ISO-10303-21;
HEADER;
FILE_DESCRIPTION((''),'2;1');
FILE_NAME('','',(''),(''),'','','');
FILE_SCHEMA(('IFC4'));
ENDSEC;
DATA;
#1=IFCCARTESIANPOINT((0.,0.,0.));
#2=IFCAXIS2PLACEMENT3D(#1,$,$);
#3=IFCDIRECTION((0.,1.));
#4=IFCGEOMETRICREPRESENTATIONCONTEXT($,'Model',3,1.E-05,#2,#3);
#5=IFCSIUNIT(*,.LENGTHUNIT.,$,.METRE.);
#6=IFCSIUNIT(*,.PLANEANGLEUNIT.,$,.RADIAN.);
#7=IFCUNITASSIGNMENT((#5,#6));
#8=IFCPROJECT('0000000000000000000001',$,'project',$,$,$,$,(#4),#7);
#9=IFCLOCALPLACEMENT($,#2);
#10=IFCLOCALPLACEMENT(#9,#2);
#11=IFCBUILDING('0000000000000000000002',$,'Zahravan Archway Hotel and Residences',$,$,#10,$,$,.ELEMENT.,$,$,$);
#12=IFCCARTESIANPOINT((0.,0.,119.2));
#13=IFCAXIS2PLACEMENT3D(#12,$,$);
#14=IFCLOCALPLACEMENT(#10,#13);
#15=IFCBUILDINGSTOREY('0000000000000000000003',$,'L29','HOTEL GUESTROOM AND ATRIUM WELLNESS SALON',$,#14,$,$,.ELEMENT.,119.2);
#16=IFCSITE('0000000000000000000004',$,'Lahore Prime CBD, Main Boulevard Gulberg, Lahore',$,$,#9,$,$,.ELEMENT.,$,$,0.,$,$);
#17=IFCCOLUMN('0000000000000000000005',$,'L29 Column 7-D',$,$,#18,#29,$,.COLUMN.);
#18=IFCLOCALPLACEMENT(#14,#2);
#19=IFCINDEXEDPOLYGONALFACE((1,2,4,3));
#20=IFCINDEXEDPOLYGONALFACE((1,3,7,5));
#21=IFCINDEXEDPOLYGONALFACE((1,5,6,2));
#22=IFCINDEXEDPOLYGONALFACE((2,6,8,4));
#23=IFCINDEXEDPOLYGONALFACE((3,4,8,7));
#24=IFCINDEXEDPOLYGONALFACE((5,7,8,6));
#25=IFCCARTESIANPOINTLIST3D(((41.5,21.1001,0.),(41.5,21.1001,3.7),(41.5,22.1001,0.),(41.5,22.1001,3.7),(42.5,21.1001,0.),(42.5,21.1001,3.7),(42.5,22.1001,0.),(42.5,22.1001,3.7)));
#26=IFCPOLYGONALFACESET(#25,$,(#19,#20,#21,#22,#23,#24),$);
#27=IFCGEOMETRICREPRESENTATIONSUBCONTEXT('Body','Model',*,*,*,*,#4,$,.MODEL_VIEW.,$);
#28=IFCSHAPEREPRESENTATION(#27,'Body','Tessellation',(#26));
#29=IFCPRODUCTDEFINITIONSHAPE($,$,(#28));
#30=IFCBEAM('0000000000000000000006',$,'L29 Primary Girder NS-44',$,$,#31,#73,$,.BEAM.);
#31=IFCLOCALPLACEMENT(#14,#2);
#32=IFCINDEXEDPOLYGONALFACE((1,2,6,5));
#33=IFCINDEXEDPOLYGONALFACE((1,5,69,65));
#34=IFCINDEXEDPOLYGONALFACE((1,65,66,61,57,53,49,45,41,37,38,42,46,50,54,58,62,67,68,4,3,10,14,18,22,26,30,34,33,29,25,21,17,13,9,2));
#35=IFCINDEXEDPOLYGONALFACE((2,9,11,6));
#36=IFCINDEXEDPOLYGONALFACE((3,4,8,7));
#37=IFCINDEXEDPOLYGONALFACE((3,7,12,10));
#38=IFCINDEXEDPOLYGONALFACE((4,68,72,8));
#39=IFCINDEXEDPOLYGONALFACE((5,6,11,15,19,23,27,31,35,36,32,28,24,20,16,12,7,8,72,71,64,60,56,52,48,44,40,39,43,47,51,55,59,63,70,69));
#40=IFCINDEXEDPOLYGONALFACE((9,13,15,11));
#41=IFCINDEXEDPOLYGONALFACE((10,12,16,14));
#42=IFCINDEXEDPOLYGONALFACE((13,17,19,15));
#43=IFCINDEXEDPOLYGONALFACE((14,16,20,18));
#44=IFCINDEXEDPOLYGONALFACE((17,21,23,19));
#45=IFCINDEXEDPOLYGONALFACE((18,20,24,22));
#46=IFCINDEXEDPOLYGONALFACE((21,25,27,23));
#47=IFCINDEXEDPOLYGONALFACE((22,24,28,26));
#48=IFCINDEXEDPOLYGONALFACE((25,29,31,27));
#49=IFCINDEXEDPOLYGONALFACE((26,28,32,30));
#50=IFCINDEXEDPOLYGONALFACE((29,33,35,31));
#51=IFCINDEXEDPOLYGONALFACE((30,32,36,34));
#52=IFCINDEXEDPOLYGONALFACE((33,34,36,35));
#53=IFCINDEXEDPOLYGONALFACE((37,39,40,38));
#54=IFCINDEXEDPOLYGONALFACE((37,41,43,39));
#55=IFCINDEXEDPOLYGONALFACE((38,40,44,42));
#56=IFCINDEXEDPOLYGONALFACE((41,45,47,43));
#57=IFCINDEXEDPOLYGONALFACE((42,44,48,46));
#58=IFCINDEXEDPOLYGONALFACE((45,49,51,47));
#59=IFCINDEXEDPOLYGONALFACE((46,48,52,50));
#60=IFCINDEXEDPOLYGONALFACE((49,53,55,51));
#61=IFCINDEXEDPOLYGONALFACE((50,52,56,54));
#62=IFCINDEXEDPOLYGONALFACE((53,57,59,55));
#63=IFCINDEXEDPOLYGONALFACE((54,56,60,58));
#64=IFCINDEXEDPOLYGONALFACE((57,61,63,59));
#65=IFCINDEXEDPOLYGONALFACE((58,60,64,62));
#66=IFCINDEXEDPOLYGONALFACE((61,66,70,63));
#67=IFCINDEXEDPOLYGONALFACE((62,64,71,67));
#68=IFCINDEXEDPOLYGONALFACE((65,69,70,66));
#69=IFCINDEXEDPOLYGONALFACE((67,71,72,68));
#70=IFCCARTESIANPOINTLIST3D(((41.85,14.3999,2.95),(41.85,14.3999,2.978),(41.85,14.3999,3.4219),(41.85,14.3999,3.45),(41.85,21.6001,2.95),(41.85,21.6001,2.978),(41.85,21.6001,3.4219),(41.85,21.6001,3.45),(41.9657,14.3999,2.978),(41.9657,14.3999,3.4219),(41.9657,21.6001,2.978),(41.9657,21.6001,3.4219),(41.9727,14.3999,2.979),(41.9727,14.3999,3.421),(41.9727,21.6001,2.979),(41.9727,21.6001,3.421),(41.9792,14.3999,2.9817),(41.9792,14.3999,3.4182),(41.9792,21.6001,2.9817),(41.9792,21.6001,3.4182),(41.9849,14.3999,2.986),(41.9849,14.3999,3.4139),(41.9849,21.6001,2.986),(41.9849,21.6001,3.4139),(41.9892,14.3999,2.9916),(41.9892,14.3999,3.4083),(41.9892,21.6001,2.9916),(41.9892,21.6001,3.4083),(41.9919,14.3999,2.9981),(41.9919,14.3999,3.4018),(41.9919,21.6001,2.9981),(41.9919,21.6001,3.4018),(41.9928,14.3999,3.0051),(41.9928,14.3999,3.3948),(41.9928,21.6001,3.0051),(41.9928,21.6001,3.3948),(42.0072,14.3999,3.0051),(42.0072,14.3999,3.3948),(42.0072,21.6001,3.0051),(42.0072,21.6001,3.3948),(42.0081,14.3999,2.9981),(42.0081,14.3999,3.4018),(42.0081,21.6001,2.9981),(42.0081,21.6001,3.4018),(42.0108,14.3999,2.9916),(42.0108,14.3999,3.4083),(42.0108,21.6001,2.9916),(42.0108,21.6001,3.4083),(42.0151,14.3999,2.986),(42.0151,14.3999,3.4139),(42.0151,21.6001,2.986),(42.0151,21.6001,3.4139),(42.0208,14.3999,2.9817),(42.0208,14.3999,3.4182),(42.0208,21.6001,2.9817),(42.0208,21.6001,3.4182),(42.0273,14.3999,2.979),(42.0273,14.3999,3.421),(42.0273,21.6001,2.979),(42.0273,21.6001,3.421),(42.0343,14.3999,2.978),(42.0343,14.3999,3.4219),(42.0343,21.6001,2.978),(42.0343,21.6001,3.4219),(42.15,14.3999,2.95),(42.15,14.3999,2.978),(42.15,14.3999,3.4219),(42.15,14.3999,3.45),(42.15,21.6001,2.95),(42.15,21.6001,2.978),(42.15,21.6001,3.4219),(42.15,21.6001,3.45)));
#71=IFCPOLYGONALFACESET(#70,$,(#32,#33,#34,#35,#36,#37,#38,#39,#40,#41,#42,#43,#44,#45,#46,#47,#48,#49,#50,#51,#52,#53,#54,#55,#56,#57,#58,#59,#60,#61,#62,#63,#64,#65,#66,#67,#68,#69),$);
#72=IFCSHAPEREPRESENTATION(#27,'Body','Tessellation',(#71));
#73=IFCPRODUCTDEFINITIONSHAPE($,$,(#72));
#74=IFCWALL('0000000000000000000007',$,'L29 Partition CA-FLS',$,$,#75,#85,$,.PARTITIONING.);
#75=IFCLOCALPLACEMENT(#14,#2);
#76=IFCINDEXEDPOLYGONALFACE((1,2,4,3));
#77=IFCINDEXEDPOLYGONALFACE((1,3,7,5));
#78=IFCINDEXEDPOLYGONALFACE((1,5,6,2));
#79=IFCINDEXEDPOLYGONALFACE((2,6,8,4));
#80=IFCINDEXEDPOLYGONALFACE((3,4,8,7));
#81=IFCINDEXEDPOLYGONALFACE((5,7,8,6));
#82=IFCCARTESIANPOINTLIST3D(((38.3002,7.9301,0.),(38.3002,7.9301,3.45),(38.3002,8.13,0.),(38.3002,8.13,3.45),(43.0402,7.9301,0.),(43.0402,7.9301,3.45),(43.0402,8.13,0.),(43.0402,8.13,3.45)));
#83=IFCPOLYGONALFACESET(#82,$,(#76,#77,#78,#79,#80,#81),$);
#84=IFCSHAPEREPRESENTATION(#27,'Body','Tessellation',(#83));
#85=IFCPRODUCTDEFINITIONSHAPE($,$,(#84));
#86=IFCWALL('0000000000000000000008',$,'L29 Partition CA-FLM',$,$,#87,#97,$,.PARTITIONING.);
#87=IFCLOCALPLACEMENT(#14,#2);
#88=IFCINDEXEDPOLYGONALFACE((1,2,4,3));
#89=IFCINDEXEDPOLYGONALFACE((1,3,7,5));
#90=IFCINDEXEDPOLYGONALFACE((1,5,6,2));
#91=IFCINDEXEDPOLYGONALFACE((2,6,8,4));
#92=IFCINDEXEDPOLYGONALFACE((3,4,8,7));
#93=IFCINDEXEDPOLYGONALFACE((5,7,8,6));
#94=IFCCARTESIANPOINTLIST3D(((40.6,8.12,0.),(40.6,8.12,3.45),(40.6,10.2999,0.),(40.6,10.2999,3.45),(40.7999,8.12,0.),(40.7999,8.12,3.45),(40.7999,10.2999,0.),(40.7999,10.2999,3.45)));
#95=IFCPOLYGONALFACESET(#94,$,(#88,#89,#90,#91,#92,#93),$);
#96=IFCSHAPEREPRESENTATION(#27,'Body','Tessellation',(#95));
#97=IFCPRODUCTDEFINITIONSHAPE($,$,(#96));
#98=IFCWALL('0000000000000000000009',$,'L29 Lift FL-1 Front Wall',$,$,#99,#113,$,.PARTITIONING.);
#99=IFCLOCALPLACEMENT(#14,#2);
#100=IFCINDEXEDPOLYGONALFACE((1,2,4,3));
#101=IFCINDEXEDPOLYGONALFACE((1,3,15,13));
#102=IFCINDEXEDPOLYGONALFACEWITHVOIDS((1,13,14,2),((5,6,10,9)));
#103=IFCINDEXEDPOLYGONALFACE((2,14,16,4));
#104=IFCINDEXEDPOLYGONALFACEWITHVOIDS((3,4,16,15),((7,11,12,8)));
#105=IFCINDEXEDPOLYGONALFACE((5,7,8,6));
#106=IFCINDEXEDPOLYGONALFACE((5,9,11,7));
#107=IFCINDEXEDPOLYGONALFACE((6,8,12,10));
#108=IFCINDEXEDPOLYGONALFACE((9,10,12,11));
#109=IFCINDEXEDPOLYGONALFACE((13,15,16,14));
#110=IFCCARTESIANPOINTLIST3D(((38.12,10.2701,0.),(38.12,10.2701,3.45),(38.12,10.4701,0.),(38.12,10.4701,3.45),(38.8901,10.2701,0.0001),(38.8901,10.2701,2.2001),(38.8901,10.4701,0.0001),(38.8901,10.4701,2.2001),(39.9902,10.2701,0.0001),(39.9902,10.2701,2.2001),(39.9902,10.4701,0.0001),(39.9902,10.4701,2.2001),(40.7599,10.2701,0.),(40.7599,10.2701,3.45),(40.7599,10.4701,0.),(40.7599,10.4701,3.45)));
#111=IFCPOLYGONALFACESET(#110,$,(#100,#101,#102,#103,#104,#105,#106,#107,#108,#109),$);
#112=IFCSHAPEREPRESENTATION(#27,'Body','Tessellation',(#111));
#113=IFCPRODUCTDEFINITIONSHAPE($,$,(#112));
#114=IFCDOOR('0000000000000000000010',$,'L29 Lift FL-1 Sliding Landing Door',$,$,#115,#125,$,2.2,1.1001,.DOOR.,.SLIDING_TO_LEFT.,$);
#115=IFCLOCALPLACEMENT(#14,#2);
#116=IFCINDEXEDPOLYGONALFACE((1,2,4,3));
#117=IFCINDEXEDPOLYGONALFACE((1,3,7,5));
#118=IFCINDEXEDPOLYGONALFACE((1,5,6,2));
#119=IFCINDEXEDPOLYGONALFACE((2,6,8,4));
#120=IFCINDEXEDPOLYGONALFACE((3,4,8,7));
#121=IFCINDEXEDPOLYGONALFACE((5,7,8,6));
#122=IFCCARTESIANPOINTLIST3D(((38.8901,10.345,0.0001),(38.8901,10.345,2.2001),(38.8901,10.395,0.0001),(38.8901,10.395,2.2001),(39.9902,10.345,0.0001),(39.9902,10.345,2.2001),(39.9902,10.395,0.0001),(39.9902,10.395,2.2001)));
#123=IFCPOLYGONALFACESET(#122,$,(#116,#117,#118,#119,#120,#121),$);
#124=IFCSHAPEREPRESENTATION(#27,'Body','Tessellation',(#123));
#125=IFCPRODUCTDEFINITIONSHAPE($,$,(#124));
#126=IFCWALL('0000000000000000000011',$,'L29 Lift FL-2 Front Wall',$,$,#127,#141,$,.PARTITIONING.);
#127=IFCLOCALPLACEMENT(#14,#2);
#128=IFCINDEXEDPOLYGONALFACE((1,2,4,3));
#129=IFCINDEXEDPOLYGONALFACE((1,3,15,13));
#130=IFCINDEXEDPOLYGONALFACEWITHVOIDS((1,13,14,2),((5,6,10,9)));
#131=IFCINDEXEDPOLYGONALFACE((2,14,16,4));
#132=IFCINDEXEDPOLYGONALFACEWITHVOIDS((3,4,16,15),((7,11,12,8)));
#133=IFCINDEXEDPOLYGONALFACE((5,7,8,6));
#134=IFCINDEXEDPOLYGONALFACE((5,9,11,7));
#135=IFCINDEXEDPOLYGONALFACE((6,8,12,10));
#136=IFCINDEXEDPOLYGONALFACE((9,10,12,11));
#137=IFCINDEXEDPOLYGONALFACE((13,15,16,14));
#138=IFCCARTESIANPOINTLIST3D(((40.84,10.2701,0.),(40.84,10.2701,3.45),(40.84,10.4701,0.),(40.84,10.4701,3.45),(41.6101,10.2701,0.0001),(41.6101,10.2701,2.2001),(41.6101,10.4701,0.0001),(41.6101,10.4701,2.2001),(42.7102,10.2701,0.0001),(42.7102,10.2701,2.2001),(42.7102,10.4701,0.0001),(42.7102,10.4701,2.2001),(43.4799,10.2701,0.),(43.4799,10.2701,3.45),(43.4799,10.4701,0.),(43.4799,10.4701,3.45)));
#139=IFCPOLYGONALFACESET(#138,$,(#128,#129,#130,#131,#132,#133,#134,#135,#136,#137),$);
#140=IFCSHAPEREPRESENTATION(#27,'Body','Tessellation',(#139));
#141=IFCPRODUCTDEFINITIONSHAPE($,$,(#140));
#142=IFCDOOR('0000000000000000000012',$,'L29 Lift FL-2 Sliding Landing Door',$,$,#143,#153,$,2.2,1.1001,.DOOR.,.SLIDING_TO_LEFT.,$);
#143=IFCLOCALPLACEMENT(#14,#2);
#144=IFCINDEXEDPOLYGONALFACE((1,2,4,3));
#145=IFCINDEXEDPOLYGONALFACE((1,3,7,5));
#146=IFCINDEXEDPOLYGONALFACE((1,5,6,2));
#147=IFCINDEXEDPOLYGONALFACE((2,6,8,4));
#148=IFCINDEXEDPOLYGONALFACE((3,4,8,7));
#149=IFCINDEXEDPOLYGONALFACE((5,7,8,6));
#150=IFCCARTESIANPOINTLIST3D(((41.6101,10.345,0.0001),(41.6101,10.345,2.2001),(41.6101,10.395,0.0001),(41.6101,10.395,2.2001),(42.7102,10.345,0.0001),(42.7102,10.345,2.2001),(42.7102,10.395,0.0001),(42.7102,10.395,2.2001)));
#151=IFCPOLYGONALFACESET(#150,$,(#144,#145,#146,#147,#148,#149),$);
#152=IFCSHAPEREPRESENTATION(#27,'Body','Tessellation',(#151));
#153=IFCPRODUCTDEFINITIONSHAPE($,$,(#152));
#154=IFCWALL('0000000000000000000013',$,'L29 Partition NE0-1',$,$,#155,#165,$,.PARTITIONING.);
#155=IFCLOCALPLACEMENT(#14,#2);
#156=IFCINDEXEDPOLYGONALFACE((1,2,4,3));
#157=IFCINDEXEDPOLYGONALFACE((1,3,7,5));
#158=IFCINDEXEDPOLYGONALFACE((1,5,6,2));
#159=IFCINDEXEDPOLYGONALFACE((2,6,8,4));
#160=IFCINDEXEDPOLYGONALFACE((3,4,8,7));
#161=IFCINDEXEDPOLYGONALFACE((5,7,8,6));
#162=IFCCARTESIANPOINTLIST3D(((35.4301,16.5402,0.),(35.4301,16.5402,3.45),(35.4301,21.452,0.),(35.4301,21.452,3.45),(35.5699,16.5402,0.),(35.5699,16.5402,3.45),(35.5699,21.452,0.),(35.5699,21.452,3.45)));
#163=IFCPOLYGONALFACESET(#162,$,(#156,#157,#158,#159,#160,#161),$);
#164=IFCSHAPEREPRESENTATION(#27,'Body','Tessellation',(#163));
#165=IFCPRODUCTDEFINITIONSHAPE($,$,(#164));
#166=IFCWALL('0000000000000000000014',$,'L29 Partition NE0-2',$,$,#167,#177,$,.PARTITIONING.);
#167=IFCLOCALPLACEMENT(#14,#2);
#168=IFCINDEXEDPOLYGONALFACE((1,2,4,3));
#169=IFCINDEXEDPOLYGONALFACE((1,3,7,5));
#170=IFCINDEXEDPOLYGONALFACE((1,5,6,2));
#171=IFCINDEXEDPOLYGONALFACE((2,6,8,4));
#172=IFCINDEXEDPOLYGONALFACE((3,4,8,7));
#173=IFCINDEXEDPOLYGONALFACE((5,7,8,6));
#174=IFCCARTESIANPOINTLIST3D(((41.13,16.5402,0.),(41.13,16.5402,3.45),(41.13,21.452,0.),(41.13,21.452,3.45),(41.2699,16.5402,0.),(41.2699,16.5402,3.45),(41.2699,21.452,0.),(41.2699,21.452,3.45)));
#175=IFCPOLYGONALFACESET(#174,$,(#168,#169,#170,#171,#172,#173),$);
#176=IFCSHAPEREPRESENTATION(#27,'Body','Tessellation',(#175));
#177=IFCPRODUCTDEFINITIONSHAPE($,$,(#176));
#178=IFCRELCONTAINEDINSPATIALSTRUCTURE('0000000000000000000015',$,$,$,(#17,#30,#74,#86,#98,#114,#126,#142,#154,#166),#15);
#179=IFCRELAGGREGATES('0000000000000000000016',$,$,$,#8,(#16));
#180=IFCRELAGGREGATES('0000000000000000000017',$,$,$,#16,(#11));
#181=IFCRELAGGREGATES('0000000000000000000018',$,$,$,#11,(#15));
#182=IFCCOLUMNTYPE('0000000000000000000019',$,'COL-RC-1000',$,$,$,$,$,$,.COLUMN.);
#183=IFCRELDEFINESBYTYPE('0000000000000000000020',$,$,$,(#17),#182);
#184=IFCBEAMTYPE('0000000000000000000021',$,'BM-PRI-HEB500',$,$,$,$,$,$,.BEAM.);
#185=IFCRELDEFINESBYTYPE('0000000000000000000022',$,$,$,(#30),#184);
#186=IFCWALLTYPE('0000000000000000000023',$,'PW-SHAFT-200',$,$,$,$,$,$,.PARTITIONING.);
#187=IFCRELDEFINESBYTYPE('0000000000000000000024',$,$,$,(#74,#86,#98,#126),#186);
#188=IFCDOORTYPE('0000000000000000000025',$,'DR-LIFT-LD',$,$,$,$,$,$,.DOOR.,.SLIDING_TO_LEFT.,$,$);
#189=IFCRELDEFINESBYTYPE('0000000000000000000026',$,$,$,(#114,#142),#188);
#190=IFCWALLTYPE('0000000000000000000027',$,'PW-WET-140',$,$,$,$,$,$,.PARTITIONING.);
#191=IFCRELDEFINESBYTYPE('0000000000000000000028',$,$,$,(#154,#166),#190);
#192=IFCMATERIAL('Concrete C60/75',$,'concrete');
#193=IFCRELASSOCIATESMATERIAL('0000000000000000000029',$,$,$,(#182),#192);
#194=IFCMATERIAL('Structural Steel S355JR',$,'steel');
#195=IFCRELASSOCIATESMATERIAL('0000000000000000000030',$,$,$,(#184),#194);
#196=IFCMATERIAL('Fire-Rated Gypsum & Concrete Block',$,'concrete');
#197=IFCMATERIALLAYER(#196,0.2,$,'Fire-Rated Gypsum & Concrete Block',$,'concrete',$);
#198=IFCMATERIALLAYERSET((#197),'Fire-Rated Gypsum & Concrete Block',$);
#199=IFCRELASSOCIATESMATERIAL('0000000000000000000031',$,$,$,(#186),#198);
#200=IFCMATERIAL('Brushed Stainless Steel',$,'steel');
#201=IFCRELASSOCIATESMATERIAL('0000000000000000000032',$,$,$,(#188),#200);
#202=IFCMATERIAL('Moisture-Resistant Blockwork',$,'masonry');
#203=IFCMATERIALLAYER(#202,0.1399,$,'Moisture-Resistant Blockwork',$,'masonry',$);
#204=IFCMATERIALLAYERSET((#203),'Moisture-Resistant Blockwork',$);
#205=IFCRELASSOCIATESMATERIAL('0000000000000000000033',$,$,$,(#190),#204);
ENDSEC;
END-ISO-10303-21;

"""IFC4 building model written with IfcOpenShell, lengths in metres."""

from ifc_helpers import new_model, si_unit, direction, frame, frame_2d, origin, origin_2d, place, context, subcontext, project, spatial, rectangle, i_section, extrude, source, transform, mapped, material, layer, layer_set, material_profile, profile_set, type_object, type_shapes, element, fill, save


model = new_model("IFC4")

# Units and contexts
model_context = context("Model", 3, precision=1e-05, world=origin(), true_north=direction((0.0, 1.0)))
body_context = subcontext(model_context, "Body", "Model", "MODEL_VIEW")
ifc_project = project(units=[si_unit("LENGTHUNIT", "METRE"), si_unit("PLANEANGLEUNIT", "RADIAN")], contexts=[model_context])

# Site, building, storey
site_placement = place(None, origin())
site = spatial("IfcSite", under=ifc_project, at=site_placement, Name="Lahore Prime CBD, Main Boulevard Gulberg, Lahore", CompositionType="ELEMENT", RefElevation=0.0)
building_placement = place(site_placement, origin())
building = spatial("IfcBuilding", under=site, at=building_placement, Name="Zahravan Archway Hotel and Residences", CompositionType="ELEMENT")
storey_placement = place(building_placement, frame((0.0, 0.0, 119.2)))
storey = spatial("IfcBuildingStorey", under=building, at=storey_placement, Name="L29", Description="HOTEL GUESTROOM AND ATRIUM WELLNESS SALON", CompositionType="ELEMENT", Elevation=119.2)

# Column
ifc_material_1 = material(Name="Concrete C60/75", Category="concrete")
ifc_material_profile_1 = material_profile(ifc_material_1, rectangle(XDim=1.0, YDim=1.0, at=origin_2d()), Name="RC-COL-1000x1000", Category="concrete")
ifc_profile_set_1 = profile_set([ifc_material_profile_1], Name="Concrete C60/75")
column_type = type_object("IfcColumnType", Name="COL-RC-1000", PredefinedType="COLUMN", material=ifc_profile_set_1)
shared_shape_1 = source(origin(), body_context, "Body", "SweptSolid", [
    extrude(rectangle(XDim=1.0, YDim=1.0, at=origin_2d()), origin(), (0.0, 0.0, 1.0), 3.7),
])
type_shapes(column_type, [shared_shape_1])
column_placement = place(storey_placement, frame((42.0, 21.6001, 0.0), z_axis=(0.0, 0.0, 1.0), x_axis=(1.0, 0.0, 0.0)))
element("IfcColumn", 1, at=column_placement, inside=storey, type_object=column_type, Name="L29 Column 7-D", PredefinedType="COLUMN", context=body_context, shape_type="MappedRepresentation", body=[
    mapped(shared_shape_1, transform((0.0, 0.0, 0.0), scale=1.0)),
])

# Beam
ifc_material_2 = material(Name="Structural Steel S355JR", Category="steel")
ifc_material_profile_2 = material_profile(ifc_material_2, i_section(OverallWidth=0.3, OverallDepth=0.5, WebThickness=0.0144, FlangeThickness=0.0281, FilletRadius=0.0271, at=origin_2d()), Name="HEB 500", Category="steel")
ifc_profile_set_2 = profile_set([ifc_material_profile_2], Name="Structural Steel S355JR")
beam_type = type_object("IfcBeamType", Name="BM-PRI-HEB500", PredefinedType="BEAM", material=ifc_profile_set_2)
shared_shape_2 = source(origin(), body_context, "Body", "SweptSolid", [
    extrude(i_section(OverallWidth=0.3, OverallDepth=0.5, WebThickness=0.0144, FlangeThickness=0.0281, FilletRadius=0.0271, at=origin_2d()), origin(), (0.0, 0.0, 1.0), 7.2002),
])
type_shapes(beam_type, [shared_shape_2])
beam_placement = place(storey_placement, frame((42.0, 14.3999, 3.2), z_axis=(0.0, 1.0, 0.0), x_axis=(-1.0, 0.0, 0.0)))
element("IfcBeam", 2, at=beam_placement, inside=storey, type_object=beam_type, Name="L29 Primary Girder NS-44", PredefinedType="BEAM", context=body_context, shape_type="MappedRepresentation", body=[
    mapped(shared_shape_2, transform((0.0, 0.0, 0.0), scale=1.0)),
])

# Shared definitions
ifc_material_3 = material(Name="Fire-Rated Gypsum & Concrete Block", Category="concrete")

# Walls
ifc_layer_1 = layer(ifc_material_3, 0.2, Name="Fire-Rated Gypsum & Concrete Block", Category="concrete")
ifc_layer_set_1 = layer_set([ifc_layer_1], Name="Fire-Rated Gypsum & Concrete Block")
wall_type_1 = type_object("IfcWallType", Name="PW-SHAFT-200", PredefinedType="PARTITIONING", material=ifc_layer_set_1)
wall_1_placement = place(storey_placement, frame((38.3, 8.03, 0.0), z_axis=(0.0, 0.0, 1.0), x_axis=(1.0, 0.0, 0.0)))
element("IfcWall", 3, at=wall_1_placement, inside=storey, type_object=wall_type_1, Name="L29 Partition CA-FLS", PredefinedType="PARTITIONING", context=body_context, shape_type="SweptSolid", body=[
    extrude(rectangle(XDim=4.74, YDim=0.2, at=frame_2d((2.3701, 0.0))), origin(), (0.0, 0.0, 1.0), 3.45),
])
wall_2_placement = place(storey_placement, frame((40.7, 8.1201, 0.0), z_axis=(0.0, 0.0, 1.0), x_axis=(0.0, 1.0, 0.0)))
element("IfcWall", 4, at=wall_2_placement, inside=storey, type_object=wall_type_1, Name="L29 Partition CA-FLM", PredefinedType="PARTITIONING", context=body_context, shape_type="SweptSolid", body=[
    extrude(rectangle(XDim=2.1799, YDim=0.2, at=frame_2d((1.0898, 0.0))), origin(), (0.0, 0.0, 1.0), 3.45),
])

# Walls, openings, doors
wall_3_placement = place(storey_placement, frame((38.1201, 10.3701, 0.0), z_axis=(0.0, 0.0, 1.0), x_axis=(1.0, 0.0, 0.0)))
wall_3 = element("IfcWall", 5, at=wall_3_placement, inside=storey, type_object=wall_type_1, Name="L29 Lift FL-1 Front Wall", PredefinedType="PARTITIONING", context=body_context, shape_type="SweptSolid", body=[
    extrude(rectangle(XDim=2.6399, YDim=0.2, at=frame_2d((1.3198, 0.0))), origin(), (0.0, 0.0, 1.0), 3.45),
])
opening_1_placement = place(wall_3_placement, frame((0.77, 0.0, 0.0)))
opening_1 = element("IfcOpeningElement", 6, at=opening_1_placement, cuts=wall_3, PredefinedType="OPENING", context=body_context, shape_type="SweptSolid", body=[
    extrude(rectangle(XDim=1.1001, YDim=2.2, at=frame_2d((0.55, 1.1001))), frame((0.0, 0.1099, 0.0), z_axis=(0.0, -1.0, 0.0), x_axis=(1.0, 0.0, 0.0)), (0.0, 0.0, 1.0), 0.22),
])
ifc_material_4 = material(Name="Brushed Stainless Steel", Category="steel")
door_type_1 = type_object("IfcDoorType", Name="DR-LIFT-LD", OperationType="SLIDING_TO_LEFT", PredefinedType="DOOR", material=ifc_material_4)
shared_shape_3 = source(origin(), body_context, "Body", "SweptSolid", [
    extrude(rectangle(XDim=1.1001, YDim=2.2, at=frame_2d((0.55, 1.1001))), frame((0.0, 0.0249, 0.0), z_axis=(0.0, -1.0, 0.0), x_axis=(1.0, 0.0, 0.0)), (0.0, 0.0, 1.0), 0.05),
])
type_shapes(door_type_1, [shared_shape_3])
door_1_placement = place(opening_1_placement, origin())
door_1 = element("IfcDoor", 7, at=door_1_placement, inside=storey, type_object=door_type_1, Name="L29 Lift FL-1 Sliding Landing Door", OperationType="SLIDING_TO_LEFT", OverallHeight=2.2, OverallWidth=1.1001, PredefinedType="DOOR", context=body_context, shape_type="MappedRepresentation", body=[
    mapped(shared_shape_3, transform((0.0, 0.0, 0.0), scale=1.0)),
])
fill(opening_1, door_1)
wall_4_placement = place(storey_placement, frame((40.8401, 10.3701, 0.0), z_axis=(0.0, 0.0, 1.0), x_axis=(1.0, 0.0, 0.0)))
wall_4 = element("IfcWall", 8, at=wall_4_placement, inside=storey, type_object=wall_type_1, Name="L29 Lift FL-2 Front Wall", PredefinedType="PARTITIONING", context=body_context, shape_type="SweptSolid", body=[
    extrude(rectangle(XDim=2.6399, YDim=0.2, at=frame_2d((1.3198, 0.0))), origin(), (0.0, 0.0, 1.0), 3.45),
])
opening_2_placement = place(wall_4_placement, frame((0.77, 0.0, 0.0)))
opening_2 = element("IfcOpeningElement", 9, at=opening_2_placement, cuts=wall_4, PredefinedType="OPENING", context=body_context, shape_type="SweptSolid", body=[
    extrude(rectangle(XDim=1.1001, YDim=2.2, at=frame_2d((0.55, 1.1001))), frame((0.0, 0.1099, 0.0), z_axis=(0.0, -1.0, 0.0), x_axis=(1.0, 0.0, 0.0)), (0.0, 0.0, 1.0), 0.22),
])
door_2_placement = place(opening_2_placement, origin())
door_2 = element("IfcDoor", 10, at=door_2_placement, inside=storey, type_object=door_type_1, Name="L29 Lift FL-2 Sliding Landing Door", OperationType="SLIDING_TO_LEFT", OverallHeight=2.2, OverallWidth=1.1001, PredefinedType="DOOR", context=body_context, shape_type="MappedRepresentation", body=[
    mapped(shared_shape_3, transform((0.0, 0.0, 0.0), scale=1.0)),
])
fill(opening_2, door_2)

# Walls
ifc_material_5 = material(Name="Moisture-Resistant Blockwork", Category="masonry")
ifc_layer_2 = layer(ifc_material_5, 0.1399, Name="Moisture-Resistant Blockwork", Category="masonry")
ifc_layer_set_2 = layer_set([ifc_layer_2], Name="Moisture-Resistant Blockwork")
wall_type_2 = type_object("IfcWallType", Name="PW-WET-140", PredefinedType="PARTITIONING", material=ifc_layer_set_2)
for number, where, z_axis, x_axis, name in (
    (11, (35.5, 16.54, 0.0), (0.0, 0.0, 1.0), (0.0, 1.0, 0.0), "L29 Partition NE0-1"),
    (12, (41.2, 16.54, 0.0), (0.0, 0.0, 1.0), (0.0, 1.0, 0.0), "L29 Partition NE0-2"),
):
    element("IfcWall", number, at=place(storey_placement, frame(where, z_axis=z_axis, x_axis=x_axis)), inside=storey, type_object=wall_type_2, Name=name, PredefinedType="PARTITIONING", context=body_context, shape_type="SweptSolid", body=[
        extrude(rectangle(XDim=4.9119, YDim=0.1399, at=frame_2d((2.4561, 0.0))), origin(), (0.0, 0.0, 1.0), 3.45),
    ])

save(model, "model.ifc")
